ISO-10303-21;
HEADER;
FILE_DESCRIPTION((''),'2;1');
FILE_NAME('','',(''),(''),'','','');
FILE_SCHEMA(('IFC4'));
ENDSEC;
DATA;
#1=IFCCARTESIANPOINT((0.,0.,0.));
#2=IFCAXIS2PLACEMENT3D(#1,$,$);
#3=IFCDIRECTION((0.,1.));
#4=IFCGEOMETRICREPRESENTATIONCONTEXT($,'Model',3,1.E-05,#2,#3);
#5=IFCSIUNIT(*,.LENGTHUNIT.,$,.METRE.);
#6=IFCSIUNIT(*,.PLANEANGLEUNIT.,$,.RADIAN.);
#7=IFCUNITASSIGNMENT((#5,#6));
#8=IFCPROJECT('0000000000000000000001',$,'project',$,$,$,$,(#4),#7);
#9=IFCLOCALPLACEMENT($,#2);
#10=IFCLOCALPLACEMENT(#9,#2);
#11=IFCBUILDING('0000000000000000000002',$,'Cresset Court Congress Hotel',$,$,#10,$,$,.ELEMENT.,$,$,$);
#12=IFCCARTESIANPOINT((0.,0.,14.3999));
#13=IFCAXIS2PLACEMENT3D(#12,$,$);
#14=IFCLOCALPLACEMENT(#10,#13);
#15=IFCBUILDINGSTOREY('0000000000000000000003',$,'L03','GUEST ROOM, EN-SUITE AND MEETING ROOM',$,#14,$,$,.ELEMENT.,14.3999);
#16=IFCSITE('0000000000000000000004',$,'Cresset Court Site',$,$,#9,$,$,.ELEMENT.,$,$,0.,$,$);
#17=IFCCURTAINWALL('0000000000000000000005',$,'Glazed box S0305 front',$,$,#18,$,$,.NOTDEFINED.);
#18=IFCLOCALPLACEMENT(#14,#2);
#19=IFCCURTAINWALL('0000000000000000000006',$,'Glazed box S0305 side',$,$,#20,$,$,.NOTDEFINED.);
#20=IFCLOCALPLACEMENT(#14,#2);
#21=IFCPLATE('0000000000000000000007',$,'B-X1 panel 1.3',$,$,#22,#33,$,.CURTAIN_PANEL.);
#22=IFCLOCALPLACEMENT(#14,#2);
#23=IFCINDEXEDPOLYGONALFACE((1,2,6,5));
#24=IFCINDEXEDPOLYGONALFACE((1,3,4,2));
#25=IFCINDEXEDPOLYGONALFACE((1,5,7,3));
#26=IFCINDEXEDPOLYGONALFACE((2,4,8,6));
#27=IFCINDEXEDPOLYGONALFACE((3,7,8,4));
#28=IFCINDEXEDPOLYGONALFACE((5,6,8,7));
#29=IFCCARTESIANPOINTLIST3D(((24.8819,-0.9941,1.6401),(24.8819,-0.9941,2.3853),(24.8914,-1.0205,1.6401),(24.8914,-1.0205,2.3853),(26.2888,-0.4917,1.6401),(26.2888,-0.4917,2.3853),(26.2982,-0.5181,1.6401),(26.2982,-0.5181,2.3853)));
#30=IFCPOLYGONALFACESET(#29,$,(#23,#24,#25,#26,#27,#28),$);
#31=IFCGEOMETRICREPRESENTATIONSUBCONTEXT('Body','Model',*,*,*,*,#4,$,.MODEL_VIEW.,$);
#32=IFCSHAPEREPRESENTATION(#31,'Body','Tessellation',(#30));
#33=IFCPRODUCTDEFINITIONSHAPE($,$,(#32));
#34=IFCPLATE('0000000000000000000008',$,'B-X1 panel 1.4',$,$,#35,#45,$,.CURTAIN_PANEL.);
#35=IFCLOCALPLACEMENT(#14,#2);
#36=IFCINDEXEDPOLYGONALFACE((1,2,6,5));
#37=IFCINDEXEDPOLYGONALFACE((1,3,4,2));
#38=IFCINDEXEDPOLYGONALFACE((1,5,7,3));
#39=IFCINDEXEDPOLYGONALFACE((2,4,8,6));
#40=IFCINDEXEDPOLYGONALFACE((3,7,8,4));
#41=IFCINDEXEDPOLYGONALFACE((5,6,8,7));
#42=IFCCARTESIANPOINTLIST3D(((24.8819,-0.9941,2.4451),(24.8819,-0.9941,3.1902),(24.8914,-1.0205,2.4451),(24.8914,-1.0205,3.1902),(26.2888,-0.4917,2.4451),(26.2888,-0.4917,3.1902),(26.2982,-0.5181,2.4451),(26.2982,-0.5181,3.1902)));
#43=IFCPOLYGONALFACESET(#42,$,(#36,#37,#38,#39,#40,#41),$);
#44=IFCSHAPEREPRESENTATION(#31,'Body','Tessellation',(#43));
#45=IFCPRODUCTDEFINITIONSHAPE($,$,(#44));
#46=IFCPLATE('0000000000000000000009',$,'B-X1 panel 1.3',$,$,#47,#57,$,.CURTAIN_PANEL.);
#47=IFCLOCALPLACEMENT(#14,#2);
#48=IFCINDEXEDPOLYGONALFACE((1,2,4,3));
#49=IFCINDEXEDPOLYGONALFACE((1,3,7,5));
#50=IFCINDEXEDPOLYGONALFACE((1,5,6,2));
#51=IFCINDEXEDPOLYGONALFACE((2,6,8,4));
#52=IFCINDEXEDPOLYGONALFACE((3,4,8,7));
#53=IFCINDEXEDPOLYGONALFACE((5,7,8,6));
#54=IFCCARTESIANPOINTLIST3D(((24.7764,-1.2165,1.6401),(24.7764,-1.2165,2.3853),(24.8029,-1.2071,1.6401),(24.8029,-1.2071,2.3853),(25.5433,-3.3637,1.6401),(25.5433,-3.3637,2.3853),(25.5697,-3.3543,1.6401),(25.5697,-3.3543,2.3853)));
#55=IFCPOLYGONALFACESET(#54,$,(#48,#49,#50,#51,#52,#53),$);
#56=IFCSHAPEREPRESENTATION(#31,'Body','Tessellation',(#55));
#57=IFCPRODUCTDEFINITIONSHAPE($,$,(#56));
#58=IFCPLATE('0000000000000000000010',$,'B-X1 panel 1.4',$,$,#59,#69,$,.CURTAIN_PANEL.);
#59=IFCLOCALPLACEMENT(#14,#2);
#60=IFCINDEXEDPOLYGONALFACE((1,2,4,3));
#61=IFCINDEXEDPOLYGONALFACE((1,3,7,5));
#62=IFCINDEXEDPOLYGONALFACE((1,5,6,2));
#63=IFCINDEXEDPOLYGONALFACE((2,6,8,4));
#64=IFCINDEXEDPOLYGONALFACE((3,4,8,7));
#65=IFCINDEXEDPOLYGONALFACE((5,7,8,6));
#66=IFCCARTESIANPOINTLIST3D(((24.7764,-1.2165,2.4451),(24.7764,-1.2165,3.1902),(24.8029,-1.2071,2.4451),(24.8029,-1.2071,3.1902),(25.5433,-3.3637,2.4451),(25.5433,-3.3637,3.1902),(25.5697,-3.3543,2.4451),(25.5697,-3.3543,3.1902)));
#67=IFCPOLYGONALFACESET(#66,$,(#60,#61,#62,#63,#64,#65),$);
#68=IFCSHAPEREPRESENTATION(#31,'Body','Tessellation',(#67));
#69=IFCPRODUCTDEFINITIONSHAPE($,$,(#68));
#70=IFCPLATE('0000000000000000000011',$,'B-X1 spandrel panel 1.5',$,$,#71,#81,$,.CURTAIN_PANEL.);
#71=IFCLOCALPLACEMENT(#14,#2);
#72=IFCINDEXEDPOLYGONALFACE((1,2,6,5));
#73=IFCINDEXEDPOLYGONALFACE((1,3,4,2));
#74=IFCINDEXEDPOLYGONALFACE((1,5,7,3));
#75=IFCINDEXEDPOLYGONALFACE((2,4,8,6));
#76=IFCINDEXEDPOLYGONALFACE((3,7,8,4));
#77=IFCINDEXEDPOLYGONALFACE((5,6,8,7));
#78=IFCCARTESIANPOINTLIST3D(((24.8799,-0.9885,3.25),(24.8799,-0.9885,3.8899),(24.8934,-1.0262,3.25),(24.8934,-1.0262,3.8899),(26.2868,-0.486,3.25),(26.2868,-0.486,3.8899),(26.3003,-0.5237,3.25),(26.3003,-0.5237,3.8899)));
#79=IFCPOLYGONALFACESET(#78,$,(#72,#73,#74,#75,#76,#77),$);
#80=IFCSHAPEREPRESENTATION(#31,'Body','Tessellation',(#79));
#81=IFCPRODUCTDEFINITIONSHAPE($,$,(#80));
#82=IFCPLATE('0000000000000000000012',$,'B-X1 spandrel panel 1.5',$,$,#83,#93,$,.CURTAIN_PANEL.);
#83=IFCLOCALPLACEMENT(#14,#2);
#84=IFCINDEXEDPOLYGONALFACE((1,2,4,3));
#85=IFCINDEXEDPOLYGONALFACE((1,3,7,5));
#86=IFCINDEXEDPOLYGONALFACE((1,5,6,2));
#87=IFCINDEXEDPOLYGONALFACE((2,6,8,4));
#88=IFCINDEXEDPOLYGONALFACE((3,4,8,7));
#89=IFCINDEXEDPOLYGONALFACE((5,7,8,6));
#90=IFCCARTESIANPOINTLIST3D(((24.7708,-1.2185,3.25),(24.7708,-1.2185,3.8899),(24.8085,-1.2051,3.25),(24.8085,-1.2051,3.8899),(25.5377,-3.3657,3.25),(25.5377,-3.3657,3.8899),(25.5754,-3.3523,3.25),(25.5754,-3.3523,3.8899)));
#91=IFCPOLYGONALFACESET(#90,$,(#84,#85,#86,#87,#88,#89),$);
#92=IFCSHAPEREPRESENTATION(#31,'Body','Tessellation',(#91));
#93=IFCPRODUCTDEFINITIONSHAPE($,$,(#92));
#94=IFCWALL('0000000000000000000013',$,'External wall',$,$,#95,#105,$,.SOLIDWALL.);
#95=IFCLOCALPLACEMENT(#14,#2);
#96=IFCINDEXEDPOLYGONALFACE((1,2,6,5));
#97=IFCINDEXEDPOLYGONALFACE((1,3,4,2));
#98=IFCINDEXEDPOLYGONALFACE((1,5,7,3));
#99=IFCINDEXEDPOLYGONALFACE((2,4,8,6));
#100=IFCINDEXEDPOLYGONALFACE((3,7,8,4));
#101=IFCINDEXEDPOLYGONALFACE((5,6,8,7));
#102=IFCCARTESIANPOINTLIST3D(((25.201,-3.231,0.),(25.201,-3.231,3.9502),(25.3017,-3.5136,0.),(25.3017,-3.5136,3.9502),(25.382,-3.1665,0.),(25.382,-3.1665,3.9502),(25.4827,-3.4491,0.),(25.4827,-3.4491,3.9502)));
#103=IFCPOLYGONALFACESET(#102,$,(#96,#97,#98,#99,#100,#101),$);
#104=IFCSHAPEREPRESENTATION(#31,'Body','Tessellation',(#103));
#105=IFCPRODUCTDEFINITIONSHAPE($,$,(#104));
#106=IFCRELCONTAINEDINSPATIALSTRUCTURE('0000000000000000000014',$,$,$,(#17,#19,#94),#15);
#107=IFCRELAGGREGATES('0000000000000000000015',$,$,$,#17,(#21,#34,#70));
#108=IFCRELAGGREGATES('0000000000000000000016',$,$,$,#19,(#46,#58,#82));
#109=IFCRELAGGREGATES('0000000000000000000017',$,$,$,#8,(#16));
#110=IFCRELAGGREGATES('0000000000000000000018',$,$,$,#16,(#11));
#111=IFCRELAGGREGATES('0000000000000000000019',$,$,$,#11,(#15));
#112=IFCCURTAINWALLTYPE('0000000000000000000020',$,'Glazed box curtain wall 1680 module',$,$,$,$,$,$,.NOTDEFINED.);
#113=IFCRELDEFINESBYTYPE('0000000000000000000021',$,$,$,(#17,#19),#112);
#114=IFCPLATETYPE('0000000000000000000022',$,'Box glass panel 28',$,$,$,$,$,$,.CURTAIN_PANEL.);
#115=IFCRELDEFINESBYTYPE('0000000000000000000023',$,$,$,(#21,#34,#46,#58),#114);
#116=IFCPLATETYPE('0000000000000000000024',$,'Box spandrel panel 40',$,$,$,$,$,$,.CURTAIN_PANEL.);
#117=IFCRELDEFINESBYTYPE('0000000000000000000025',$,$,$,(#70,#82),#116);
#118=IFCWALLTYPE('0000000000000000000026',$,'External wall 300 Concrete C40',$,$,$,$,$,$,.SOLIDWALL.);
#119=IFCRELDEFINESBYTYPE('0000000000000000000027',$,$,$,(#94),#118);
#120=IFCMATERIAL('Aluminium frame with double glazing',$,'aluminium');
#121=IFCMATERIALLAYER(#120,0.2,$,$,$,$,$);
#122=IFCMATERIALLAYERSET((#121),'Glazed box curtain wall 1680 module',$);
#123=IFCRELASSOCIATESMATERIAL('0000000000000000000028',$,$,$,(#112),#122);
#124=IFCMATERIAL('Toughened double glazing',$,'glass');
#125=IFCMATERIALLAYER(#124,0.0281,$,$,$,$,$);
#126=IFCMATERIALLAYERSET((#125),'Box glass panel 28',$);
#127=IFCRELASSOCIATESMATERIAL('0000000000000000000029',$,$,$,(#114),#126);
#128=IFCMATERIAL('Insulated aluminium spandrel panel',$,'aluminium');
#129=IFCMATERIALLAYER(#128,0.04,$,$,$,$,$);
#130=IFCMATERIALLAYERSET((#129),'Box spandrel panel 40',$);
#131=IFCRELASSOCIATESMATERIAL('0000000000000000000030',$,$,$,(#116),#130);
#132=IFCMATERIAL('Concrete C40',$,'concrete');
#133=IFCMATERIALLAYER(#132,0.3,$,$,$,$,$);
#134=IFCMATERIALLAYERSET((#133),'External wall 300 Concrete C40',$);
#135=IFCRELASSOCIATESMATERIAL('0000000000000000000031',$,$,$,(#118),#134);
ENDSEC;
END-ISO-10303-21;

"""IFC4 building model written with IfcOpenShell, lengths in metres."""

from ifc_helpers import new_model, si_unit, direction, frame, frame_2d, origin, origin_2d, place, context, subcontext, project, spatial, rectangle, extrude, material, layer, layer_set, type_object, element, aggregate, save


model = new_model("IFC4")

# Units and contexts
model_context = context("Model", 3, precision=1e-05, world=origin(), true_north=direction((0.0, 1.0)))
body_context = subcontext(model_context, "Body", "Model", "MODEL_VIEW")
ifc_project = project(units=[si_unit("LENGTHUNIT", "METRE"), si_unit("PLANEANGLEUNIT", "RADIAN")], contexts=[model_context])

# Site, building, storey
site_placement = place(None, origin())
site = spatial("IfcSite", under=ifc_project, at=site_placement, Name="Cresset Court Site", CompositionType="ELEMENT", RefElevation=0.0)
building_placement = place(site_placement, origin())
building = spatial("IfcBuilding", under=site, at=building_placement, Name="Cresset Court Congress Hotel", CompositionType="ELEMENT")
storey_placement = place(building_placement, frame((0.0, 0.0, 14.3999)))
storey = spatial("IfcBuildingStorey", under=building, at=storey_placement, Name="L03", Description="GUEST ROOM, EN-SUITE AND MEETING ROOM", CompositionType="ELEMENT", Elevation=14.3999)

# Curtain walls
ifc_material_1 = material(Name="Aluminium frame with double glazing", Category="aluminium")
ifc_layer_1 = layer(ifc_material_1, 0.2)
ifc_layer_set_1 = layer_set([ifc_layer_1], Name="Glazed box curtain wall 1680 module")
curtain_wall_type = type_object("IfcCurtainWallType", Name="Glazed box curtain wall 1680 module", PredefinedType="NOTDEFINED", material=ifc_layer_set_1)
curtain_wall_1_placement = place(storey_placement, origin())
curtain_wall_1 = element("IfcCurtainWall", 1, at=curtain_wall_1_placement, inside=storey, type_object=curtain_wall_type, Name="Glazed box S0305 front", PredefinedType="NOTDEFINED")
curtain_wall_2_placement = place(storey_placement, origin())
curtain_wall_2 = element("IfcCurtainWall", 2, at=curtain_wall_2_placement, inside=storey, type_object=curtain_wall_type, Name="Glazed box S0305 side", PredefinedType="NOTDEFINED")

# Plates
ifc_material_2 = material(Name="Toughened double glazing", Category="glass")
ifc_layer_2 = layer(ifc_material_2, 0.0281)
ifc_layer_set_2 = layer_set([ifc_layer_2], Name="Box glass panel 28")
plate_type_1 = type_object("IfcPlateType", Name="Box glass panel 28", PredefinedType="CURTAIN_PANEL", material=ifc_layer_set_2)
plate_1_placement = place(storey_placement, frame((25.5901, -0.7561, 1.6401), z_axis=(0.0, 0.0, 1.0), x_axis=(0.941742, 0.336336, 0.0)))
plate_1 = element("IfcPlate", 3, at=plate_1_placement, type_object=plate_type_1, Name="B-X1 panel 1.3", PredefinedType="CURTAIN_PANEL", context=body_context, shape_type="SweptSolid", body=[
    extrude(rectangle(XDim=1.4939, YDim=0.0281, at=origin_2d()), origin(), (0.0, 0.0, 1.0), 0.7451),
])
plate_2_placement = place(storey_placement, frame((25.5901, -0.7561, 2.4451), z_axis=(0.0, 0.0, 1.0), x_axis=(0.941742, 0.336336, 0.0)))
plate_2 = element("IfcPlate", 4, at=plate_2_placement, type_object=plate_type_1, Name="B-X1 panel 1.4", PredefinedType="CURTAIN_PANEL", context=body_context, shape_type="SweptSolid", body=[
    extrude(rectangle(XDim=1.4939, YDim=0.0281, at=origin_2d()), origin(), (0.0, 0.0, 1.0), 0.7451),
])
plate_3_placement = place(storey_placement, frame((25.1731, -2.2854, 1.6401), z_axis=(0.0, 0.0, 1.0), x_axis=(-0.336336, 0.941742, 0.0)))
plate_3 = element("IfcPlate", 5, at=plate_3_placement, type_object=plate_type_1, Name="B-X1 panel 1.3", PredefinedType="CURTAIN_PANEL", context=body_context, shape_type="SweptSolid", body=[
    extrude(rectangle(XDim=2.28, YDim=0.0281, at=origin_2d()), origin(), (0.0, 0.0, 1.0), 0.7451),
])
plate_4_placement = place(storey_placement, frame((25.1731, -2.2854, 2.4451), z_axis=(0.0, 0.0, 1.0), x_axis=(-0.336336, 0.941742, 0.0)))
plate_4 = element("IfcPlate", 6, at=plate_4_placement, type_object=plate_type_1, Name="B-X1 panel 1.4", PredefinedType="CURTAIN_PANEL", context=body_context, shape_type="SweptSolid", body=[
    extrude(rectangle(XDim=2.28, YDim=0.0281, at=origin_2d()), origin(), (0.0, 0.0, 1.0), 0.7451),
])
ifc_material_3 = material(Name="Insulated aluminium spandrel panel", Category="aluminium")
ifc_layer_3 = layer(ifc_material_3, 0.04)
ifc_layer_set_3 = layer_set([ifc_layer_3], Name="Box spandrel panel 40")
plate_type_2 = type_object("IfcPlateType", Name="Box spandrel panel 40", PredefinedType="CURTAIN_PANEL", material=ifc_layer_set_3)
plate_5_placement = place(storey_placement, frame((25.5901, -0.7561, 3.25), z_axis=(0.0, 0.0, 1.0), x_axis=(0.941742, 0.336336, 0.0)))
plate_5 = element("IfcPlate", 7, at=plate_5_placement, type_object=plate_type_2, Name="B-X1 spandrel panel 1.5", PredefinedType="CURTAIN_PANEL", context=body_context, shape_type="SweptSolid", body=[
    extrude(rectangle(XDim=1.4939, YDim=0.04, at=origin_2d()), origin(), (0.0, 0.0, 1.0), 0.6399),
])
aggregate(curtain_wall_1, [plate_1, plate_2, plate_5])
plate_6_placement = place(storey_placement, frame((25.1731, -2.2854, 3.25), z_axis=(0.0, 0.0, 1.0), x_axis=(-0.336336, 0.941742, 0.0)))
plate_6 = element("IfcPlate", 8, at=plate_6_placement, type_object=plate_type_2, Name="B-X1 spandrel panel 1.5", PredefinedType="CURTAIN_PANEL", context=body_context, shape_type="SweptSolid", body=[
    extrude(rectangle(XDim=2.28, YDim=0.04, at=origin_2d()), origin(), (0.0, 0.0, 1.0), 0.6399),
])
aggregate(curtain_wall_2, [plate_3, plate_4, plate_6])

# Wall
ifc_material_4 = material(Name="Concrete C40", Category="concrete")
ifc_layer_4 = layer(ifc_material_4, 0.3)
ifc_layer_set_4 = layer_set([ifc_layer_4], Name="External wall 300 Concrete C40")
wall_type = type_object("IfcWallType", Name="External wall 300 Concrete C40", PredefinedType="SOLIDWALL", material=ifc_layer_set_4)
wall_placement = place(storey_placement, frame((25.2512, -3.3723, 0.0), z_axis=(0.0, 0.0, 1.0), x_axis=(0.942, 0.335612, 0.0)))
element("IfcWall", 9, at=wall_placement, inside=storey, type_object=wall_type, Name="External wall", PredefinedType="SOLIDWALL", context=body_context, shape_type="SweptSolid", body=[
    extrude(rectangle(XDim=0.1921, YDim=0.3, at=frame_2d((0.0962, 0.0))), origin(), (0.0, 0.0, 1.0), 3.9502),
])

save(model, "model.ifc")
